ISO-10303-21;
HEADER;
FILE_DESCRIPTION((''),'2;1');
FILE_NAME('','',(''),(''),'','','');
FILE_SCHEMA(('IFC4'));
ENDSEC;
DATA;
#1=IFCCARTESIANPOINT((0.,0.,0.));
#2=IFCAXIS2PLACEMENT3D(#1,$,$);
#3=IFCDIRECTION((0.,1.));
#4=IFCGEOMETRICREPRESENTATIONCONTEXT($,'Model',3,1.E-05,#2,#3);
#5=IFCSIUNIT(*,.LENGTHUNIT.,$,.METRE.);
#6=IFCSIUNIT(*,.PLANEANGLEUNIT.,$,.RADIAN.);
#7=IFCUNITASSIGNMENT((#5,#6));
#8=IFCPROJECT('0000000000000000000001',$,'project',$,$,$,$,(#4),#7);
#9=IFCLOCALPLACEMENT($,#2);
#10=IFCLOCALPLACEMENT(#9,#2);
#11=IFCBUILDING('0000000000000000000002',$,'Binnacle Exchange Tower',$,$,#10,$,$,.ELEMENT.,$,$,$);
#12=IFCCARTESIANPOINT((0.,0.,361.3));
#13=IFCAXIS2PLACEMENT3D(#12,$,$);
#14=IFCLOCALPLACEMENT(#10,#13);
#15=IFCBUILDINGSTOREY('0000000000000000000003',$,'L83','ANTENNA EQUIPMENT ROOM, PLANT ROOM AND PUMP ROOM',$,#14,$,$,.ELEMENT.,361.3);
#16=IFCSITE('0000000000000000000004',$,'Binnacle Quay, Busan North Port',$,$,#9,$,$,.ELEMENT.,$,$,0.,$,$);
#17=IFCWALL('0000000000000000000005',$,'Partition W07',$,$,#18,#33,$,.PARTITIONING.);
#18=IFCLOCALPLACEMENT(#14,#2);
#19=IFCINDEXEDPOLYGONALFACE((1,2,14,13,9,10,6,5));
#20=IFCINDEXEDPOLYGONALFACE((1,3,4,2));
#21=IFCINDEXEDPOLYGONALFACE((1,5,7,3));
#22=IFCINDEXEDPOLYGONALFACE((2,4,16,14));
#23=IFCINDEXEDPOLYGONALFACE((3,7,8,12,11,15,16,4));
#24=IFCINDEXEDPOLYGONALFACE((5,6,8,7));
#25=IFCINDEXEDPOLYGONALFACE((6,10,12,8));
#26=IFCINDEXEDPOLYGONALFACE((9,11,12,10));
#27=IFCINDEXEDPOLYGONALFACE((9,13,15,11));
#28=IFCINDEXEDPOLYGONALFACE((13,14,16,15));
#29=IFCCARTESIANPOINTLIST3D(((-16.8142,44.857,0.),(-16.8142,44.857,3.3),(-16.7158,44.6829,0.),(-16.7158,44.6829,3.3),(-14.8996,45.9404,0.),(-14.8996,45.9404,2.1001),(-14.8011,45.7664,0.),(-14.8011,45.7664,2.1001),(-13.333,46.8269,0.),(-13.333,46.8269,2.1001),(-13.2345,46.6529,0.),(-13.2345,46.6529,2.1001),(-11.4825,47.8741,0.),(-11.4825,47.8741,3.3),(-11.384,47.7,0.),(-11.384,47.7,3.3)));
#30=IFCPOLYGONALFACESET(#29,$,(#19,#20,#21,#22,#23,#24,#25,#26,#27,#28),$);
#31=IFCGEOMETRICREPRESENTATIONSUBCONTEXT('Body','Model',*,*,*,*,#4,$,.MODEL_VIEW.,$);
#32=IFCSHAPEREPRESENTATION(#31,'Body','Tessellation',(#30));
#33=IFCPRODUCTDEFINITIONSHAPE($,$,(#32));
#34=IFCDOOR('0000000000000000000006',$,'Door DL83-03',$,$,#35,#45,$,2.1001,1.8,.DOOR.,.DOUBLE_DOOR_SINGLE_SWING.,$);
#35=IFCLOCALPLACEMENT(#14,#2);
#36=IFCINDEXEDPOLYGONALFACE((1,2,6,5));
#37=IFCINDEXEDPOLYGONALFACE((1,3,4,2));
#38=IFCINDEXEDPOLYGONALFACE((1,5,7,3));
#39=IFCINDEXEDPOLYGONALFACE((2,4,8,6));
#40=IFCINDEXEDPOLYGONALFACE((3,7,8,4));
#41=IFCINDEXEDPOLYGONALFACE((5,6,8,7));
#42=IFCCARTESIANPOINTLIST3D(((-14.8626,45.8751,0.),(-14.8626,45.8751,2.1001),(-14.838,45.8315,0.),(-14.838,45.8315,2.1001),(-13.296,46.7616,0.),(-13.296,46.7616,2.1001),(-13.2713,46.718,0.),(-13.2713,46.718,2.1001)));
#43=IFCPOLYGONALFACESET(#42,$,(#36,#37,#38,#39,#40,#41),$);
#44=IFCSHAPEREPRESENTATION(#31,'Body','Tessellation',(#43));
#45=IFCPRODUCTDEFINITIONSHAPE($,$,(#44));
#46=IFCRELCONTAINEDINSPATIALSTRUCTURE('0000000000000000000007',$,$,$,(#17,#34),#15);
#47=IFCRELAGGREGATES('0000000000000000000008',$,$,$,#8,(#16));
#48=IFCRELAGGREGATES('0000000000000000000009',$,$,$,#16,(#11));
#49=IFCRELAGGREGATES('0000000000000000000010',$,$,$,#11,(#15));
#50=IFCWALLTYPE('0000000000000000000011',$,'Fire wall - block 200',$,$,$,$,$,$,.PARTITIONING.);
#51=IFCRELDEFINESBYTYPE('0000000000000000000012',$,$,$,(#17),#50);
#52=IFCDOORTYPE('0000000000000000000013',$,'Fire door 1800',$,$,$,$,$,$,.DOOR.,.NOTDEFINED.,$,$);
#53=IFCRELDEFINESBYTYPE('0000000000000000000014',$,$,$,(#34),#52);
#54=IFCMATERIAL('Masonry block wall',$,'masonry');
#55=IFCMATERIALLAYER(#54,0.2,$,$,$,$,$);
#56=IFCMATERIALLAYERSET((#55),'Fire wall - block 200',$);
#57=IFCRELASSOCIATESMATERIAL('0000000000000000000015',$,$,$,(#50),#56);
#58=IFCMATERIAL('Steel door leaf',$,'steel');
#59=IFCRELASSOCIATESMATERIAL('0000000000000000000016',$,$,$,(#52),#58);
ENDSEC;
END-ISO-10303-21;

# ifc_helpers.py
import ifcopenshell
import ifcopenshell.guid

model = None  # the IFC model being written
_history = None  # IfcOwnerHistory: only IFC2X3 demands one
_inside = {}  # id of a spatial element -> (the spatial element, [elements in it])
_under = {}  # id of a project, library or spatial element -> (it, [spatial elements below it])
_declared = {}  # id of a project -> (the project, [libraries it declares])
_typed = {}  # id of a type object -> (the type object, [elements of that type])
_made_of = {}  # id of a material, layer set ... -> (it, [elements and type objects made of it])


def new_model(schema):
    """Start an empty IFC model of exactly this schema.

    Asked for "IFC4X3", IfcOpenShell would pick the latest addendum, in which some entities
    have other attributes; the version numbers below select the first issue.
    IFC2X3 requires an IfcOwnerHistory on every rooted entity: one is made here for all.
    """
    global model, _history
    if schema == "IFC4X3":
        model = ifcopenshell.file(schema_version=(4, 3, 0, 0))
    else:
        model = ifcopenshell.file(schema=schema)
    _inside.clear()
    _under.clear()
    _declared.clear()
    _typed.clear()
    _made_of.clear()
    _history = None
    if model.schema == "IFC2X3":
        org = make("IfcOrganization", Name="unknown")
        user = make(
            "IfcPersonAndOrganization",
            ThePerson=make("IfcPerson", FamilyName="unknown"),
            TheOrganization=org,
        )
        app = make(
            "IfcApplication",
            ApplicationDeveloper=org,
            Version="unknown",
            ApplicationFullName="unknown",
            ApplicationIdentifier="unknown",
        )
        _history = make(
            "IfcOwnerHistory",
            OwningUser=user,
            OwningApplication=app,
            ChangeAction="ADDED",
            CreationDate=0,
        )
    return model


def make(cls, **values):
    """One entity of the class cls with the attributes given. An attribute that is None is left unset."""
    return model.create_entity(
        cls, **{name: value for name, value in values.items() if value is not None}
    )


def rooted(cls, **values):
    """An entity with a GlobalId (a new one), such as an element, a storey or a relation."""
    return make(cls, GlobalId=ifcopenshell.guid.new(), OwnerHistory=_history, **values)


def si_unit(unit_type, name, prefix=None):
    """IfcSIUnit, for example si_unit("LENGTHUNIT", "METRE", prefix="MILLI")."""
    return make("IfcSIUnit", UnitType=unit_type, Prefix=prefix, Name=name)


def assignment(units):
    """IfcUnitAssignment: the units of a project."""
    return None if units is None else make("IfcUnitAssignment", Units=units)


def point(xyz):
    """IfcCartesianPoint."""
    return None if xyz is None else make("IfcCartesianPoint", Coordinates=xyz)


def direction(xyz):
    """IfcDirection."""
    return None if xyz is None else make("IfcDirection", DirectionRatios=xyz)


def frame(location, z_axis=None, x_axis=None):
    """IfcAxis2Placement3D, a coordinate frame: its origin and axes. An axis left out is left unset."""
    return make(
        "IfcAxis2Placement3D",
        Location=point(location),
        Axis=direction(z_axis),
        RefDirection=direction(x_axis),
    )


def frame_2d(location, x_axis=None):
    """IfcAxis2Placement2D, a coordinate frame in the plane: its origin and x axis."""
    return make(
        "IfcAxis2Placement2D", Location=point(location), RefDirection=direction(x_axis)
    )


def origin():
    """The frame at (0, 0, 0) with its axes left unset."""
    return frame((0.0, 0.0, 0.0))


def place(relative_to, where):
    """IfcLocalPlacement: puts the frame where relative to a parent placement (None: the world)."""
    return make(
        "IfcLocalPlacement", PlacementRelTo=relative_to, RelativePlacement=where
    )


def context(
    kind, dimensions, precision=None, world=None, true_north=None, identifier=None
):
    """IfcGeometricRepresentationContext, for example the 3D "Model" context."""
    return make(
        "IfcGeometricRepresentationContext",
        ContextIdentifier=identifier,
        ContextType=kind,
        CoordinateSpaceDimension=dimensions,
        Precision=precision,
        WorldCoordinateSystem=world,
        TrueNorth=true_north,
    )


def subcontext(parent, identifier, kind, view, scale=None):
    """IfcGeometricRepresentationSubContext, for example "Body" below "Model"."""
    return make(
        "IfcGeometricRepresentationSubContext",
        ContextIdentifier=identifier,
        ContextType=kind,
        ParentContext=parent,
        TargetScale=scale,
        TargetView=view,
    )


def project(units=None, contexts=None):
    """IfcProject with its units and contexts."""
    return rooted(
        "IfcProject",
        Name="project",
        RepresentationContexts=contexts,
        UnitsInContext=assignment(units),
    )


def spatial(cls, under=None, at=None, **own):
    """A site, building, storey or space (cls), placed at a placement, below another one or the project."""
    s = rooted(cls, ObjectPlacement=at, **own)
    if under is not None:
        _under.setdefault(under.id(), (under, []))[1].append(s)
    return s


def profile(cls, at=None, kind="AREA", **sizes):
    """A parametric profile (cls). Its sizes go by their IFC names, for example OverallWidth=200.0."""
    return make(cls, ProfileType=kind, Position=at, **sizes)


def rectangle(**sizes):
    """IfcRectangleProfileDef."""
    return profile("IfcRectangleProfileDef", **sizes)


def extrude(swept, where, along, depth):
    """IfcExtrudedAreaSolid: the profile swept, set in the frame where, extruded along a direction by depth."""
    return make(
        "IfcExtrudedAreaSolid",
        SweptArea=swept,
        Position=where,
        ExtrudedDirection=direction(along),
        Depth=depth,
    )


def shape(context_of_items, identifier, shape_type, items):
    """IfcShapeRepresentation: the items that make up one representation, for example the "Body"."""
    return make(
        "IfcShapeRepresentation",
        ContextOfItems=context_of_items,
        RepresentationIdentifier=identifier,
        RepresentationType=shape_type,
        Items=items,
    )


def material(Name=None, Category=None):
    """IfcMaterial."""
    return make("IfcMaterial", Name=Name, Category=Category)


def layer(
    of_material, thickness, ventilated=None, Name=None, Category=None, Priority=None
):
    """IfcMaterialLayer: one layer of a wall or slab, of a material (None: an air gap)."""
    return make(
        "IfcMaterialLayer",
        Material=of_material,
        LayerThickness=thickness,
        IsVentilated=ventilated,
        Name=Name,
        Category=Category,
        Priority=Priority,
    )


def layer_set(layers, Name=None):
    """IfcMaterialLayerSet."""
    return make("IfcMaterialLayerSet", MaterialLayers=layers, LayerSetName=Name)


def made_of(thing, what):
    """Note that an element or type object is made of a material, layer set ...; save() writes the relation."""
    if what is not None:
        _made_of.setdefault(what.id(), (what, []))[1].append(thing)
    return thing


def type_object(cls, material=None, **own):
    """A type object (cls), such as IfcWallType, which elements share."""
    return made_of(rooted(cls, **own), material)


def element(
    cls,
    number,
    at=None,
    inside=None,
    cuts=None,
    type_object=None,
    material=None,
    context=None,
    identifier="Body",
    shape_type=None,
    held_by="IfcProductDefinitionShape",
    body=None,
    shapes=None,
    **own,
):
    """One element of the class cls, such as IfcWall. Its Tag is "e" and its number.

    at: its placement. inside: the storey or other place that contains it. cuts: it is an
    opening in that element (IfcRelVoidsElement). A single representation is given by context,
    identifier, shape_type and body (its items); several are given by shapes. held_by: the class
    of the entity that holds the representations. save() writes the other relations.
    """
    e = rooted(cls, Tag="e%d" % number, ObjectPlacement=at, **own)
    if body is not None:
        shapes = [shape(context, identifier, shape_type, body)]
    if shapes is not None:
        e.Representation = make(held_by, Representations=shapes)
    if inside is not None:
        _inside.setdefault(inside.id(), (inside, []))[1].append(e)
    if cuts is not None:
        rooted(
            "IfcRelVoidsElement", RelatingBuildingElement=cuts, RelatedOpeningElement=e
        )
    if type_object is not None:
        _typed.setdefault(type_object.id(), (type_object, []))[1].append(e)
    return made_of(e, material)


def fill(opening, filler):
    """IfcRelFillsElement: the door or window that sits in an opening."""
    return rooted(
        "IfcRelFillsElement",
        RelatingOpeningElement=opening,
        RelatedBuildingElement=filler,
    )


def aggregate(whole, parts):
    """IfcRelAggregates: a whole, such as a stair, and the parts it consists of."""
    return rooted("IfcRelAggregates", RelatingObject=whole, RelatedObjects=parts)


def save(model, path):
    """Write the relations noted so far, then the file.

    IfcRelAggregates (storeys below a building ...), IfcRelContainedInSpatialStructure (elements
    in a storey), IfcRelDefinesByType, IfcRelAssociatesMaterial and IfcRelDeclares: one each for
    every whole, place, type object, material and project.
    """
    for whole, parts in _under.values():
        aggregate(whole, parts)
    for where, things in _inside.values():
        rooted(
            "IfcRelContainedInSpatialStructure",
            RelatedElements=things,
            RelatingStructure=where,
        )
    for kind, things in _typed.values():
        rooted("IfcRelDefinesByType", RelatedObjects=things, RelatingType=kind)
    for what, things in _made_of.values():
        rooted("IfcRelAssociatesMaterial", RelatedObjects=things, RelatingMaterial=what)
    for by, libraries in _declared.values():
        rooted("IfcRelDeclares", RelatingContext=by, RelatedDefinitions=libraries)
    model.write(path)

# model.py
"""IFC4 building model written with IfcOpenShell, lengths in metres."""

from ifc_helpers import new_model, si_unit, direction, frame, frame_2d, origin, place, context, subcontext, project, spatial, rectangle, extrude, material, layer, layer_set, type_object, element, fill, save


model = new_model("IFC4")

# Units and contexts
model_context = context("Model", 3, precision=1e-05, world=origin(), true_north=direction((0.0, 1.0)))
body_context = subcontext(model_context, "Body", "Model", "MODEL_VIEW")
ifc_project = project(units=[si_unit("LENGTHUNIT", "METRE"), si_unit("PLANEANGLEUNIT", "RADIAN")], contexts=[model_context])

# Site, building, storey
site_placement = place(None, origin())
site = spatial("IfcSite", under=ifc_project, at=site_placement, Name="Binnacle Quay, Busan North Port", CompositionType="ELEMENT", RefElevation=0.0)
building_placement = place(site_placement, origin())
building = spatial("IfcBuilding", under=site, at=building_placement, Name="Binnacle Exchange Tower", CompositionType="ELEMENT")
storey_placement = place(building_placement, frame((0.0, 0.0, 361.3)))
storey = spatial("IfcBuildingStorey", under=building, at=storey_placement, Name="L83", Description="ANTENNA EQUIPMENT ROOM, PLANT ROOM AND PUMP ROOM", CompositionType="ELEMENT", Elevation=361.3)

# Shared definitions
ifc_material_1 = material(Name="Masonry block wall", Category="masonry")
ifc_layer_1 = layer(ifc_material_1, 0.2)
ifc_layer_set_1 = layer_set([ifc_layer_1], Name="Fire wall - block 200")
wall_type_1 = type_object("IfcWallType", Name="Fire wall - block 200", PredefinedType="PARTITIONING", material=ifc_layer_set_1)

# Wall, opening, door
wall_1_placement = place(storey_placement, frame((-16.7649, 44.77, 0.0), z_axis=(0.0, 0.0, 1.0), x_axis=(0.87032, 0.492487, 0.0)))
wall_1 = element("IfcWall", 1, at=wall_1_placement, inside=storey, type_object=wall_type_1, Name="Partition W07", PredefinedType="PARTITIONING", context=body_context, shape_type="SweptSolid", body=[
    extrude(rectangle(XDim=6.1262, YDim=0.2, at=frame_2d((3.063, 0.0))), origin(), (0.0, 0.0, 1.0), 3.3),
])
opening_placement = place(wall_1_placement, frame((2.2, 0.0, 0.0)))
opening = element("IfcOpeningElement", 2, at=opening_placement, cuts=wall_1, PredefinedType="OPENING", context=body_context, shape_type="SweptSolid", body=[
    extrude(rectangle(XDim=1.8, YDim=2.1001, at=frame_2d((0.8999, 1.05))), frame((0.0, 0.1099, 0.0), z_axis=(0.0, -1.0, 0.0), x_axis=(1.0, 0.0, 0.0)), (0.0, 0.0, 1.0), 0.22),
])
ifc_material_2 = material(Name="Steel door leaf", Category="steel")
door_type = type_object("IfcDoorType", Name="Fire door 1800", OperationType="NOTDEFINED", PredefinedType="DOOR", material=ifc_material_2)
door_placement = place(opening_placement, origin())
door = element("IfcDoor", 3, at=door_placement, inside=storey, type_object=door_type, Name="Door DL83-03", OperationType="DOUBLE_DOOR_SINGLE_SWING", OverallHeight=2.1001, OverallWidth=1.8, PredefinedType="DOOR", context=body_context, shape_type="SweptSolid", body=[
    extrude(rectangle(XDim=1.8, YDim=2.1001, at=frame_2d((0.8999, 1.05))), frame((0.0, 0.0249, 0.0), z_axis=(0.0, -1.0, 0.0), x_axis=(1.0, 0.0, 0.0)), (0.0, 0.0, 1.0), 0.05),
])
fill(opening, door)

save(model, "model.ifc")
